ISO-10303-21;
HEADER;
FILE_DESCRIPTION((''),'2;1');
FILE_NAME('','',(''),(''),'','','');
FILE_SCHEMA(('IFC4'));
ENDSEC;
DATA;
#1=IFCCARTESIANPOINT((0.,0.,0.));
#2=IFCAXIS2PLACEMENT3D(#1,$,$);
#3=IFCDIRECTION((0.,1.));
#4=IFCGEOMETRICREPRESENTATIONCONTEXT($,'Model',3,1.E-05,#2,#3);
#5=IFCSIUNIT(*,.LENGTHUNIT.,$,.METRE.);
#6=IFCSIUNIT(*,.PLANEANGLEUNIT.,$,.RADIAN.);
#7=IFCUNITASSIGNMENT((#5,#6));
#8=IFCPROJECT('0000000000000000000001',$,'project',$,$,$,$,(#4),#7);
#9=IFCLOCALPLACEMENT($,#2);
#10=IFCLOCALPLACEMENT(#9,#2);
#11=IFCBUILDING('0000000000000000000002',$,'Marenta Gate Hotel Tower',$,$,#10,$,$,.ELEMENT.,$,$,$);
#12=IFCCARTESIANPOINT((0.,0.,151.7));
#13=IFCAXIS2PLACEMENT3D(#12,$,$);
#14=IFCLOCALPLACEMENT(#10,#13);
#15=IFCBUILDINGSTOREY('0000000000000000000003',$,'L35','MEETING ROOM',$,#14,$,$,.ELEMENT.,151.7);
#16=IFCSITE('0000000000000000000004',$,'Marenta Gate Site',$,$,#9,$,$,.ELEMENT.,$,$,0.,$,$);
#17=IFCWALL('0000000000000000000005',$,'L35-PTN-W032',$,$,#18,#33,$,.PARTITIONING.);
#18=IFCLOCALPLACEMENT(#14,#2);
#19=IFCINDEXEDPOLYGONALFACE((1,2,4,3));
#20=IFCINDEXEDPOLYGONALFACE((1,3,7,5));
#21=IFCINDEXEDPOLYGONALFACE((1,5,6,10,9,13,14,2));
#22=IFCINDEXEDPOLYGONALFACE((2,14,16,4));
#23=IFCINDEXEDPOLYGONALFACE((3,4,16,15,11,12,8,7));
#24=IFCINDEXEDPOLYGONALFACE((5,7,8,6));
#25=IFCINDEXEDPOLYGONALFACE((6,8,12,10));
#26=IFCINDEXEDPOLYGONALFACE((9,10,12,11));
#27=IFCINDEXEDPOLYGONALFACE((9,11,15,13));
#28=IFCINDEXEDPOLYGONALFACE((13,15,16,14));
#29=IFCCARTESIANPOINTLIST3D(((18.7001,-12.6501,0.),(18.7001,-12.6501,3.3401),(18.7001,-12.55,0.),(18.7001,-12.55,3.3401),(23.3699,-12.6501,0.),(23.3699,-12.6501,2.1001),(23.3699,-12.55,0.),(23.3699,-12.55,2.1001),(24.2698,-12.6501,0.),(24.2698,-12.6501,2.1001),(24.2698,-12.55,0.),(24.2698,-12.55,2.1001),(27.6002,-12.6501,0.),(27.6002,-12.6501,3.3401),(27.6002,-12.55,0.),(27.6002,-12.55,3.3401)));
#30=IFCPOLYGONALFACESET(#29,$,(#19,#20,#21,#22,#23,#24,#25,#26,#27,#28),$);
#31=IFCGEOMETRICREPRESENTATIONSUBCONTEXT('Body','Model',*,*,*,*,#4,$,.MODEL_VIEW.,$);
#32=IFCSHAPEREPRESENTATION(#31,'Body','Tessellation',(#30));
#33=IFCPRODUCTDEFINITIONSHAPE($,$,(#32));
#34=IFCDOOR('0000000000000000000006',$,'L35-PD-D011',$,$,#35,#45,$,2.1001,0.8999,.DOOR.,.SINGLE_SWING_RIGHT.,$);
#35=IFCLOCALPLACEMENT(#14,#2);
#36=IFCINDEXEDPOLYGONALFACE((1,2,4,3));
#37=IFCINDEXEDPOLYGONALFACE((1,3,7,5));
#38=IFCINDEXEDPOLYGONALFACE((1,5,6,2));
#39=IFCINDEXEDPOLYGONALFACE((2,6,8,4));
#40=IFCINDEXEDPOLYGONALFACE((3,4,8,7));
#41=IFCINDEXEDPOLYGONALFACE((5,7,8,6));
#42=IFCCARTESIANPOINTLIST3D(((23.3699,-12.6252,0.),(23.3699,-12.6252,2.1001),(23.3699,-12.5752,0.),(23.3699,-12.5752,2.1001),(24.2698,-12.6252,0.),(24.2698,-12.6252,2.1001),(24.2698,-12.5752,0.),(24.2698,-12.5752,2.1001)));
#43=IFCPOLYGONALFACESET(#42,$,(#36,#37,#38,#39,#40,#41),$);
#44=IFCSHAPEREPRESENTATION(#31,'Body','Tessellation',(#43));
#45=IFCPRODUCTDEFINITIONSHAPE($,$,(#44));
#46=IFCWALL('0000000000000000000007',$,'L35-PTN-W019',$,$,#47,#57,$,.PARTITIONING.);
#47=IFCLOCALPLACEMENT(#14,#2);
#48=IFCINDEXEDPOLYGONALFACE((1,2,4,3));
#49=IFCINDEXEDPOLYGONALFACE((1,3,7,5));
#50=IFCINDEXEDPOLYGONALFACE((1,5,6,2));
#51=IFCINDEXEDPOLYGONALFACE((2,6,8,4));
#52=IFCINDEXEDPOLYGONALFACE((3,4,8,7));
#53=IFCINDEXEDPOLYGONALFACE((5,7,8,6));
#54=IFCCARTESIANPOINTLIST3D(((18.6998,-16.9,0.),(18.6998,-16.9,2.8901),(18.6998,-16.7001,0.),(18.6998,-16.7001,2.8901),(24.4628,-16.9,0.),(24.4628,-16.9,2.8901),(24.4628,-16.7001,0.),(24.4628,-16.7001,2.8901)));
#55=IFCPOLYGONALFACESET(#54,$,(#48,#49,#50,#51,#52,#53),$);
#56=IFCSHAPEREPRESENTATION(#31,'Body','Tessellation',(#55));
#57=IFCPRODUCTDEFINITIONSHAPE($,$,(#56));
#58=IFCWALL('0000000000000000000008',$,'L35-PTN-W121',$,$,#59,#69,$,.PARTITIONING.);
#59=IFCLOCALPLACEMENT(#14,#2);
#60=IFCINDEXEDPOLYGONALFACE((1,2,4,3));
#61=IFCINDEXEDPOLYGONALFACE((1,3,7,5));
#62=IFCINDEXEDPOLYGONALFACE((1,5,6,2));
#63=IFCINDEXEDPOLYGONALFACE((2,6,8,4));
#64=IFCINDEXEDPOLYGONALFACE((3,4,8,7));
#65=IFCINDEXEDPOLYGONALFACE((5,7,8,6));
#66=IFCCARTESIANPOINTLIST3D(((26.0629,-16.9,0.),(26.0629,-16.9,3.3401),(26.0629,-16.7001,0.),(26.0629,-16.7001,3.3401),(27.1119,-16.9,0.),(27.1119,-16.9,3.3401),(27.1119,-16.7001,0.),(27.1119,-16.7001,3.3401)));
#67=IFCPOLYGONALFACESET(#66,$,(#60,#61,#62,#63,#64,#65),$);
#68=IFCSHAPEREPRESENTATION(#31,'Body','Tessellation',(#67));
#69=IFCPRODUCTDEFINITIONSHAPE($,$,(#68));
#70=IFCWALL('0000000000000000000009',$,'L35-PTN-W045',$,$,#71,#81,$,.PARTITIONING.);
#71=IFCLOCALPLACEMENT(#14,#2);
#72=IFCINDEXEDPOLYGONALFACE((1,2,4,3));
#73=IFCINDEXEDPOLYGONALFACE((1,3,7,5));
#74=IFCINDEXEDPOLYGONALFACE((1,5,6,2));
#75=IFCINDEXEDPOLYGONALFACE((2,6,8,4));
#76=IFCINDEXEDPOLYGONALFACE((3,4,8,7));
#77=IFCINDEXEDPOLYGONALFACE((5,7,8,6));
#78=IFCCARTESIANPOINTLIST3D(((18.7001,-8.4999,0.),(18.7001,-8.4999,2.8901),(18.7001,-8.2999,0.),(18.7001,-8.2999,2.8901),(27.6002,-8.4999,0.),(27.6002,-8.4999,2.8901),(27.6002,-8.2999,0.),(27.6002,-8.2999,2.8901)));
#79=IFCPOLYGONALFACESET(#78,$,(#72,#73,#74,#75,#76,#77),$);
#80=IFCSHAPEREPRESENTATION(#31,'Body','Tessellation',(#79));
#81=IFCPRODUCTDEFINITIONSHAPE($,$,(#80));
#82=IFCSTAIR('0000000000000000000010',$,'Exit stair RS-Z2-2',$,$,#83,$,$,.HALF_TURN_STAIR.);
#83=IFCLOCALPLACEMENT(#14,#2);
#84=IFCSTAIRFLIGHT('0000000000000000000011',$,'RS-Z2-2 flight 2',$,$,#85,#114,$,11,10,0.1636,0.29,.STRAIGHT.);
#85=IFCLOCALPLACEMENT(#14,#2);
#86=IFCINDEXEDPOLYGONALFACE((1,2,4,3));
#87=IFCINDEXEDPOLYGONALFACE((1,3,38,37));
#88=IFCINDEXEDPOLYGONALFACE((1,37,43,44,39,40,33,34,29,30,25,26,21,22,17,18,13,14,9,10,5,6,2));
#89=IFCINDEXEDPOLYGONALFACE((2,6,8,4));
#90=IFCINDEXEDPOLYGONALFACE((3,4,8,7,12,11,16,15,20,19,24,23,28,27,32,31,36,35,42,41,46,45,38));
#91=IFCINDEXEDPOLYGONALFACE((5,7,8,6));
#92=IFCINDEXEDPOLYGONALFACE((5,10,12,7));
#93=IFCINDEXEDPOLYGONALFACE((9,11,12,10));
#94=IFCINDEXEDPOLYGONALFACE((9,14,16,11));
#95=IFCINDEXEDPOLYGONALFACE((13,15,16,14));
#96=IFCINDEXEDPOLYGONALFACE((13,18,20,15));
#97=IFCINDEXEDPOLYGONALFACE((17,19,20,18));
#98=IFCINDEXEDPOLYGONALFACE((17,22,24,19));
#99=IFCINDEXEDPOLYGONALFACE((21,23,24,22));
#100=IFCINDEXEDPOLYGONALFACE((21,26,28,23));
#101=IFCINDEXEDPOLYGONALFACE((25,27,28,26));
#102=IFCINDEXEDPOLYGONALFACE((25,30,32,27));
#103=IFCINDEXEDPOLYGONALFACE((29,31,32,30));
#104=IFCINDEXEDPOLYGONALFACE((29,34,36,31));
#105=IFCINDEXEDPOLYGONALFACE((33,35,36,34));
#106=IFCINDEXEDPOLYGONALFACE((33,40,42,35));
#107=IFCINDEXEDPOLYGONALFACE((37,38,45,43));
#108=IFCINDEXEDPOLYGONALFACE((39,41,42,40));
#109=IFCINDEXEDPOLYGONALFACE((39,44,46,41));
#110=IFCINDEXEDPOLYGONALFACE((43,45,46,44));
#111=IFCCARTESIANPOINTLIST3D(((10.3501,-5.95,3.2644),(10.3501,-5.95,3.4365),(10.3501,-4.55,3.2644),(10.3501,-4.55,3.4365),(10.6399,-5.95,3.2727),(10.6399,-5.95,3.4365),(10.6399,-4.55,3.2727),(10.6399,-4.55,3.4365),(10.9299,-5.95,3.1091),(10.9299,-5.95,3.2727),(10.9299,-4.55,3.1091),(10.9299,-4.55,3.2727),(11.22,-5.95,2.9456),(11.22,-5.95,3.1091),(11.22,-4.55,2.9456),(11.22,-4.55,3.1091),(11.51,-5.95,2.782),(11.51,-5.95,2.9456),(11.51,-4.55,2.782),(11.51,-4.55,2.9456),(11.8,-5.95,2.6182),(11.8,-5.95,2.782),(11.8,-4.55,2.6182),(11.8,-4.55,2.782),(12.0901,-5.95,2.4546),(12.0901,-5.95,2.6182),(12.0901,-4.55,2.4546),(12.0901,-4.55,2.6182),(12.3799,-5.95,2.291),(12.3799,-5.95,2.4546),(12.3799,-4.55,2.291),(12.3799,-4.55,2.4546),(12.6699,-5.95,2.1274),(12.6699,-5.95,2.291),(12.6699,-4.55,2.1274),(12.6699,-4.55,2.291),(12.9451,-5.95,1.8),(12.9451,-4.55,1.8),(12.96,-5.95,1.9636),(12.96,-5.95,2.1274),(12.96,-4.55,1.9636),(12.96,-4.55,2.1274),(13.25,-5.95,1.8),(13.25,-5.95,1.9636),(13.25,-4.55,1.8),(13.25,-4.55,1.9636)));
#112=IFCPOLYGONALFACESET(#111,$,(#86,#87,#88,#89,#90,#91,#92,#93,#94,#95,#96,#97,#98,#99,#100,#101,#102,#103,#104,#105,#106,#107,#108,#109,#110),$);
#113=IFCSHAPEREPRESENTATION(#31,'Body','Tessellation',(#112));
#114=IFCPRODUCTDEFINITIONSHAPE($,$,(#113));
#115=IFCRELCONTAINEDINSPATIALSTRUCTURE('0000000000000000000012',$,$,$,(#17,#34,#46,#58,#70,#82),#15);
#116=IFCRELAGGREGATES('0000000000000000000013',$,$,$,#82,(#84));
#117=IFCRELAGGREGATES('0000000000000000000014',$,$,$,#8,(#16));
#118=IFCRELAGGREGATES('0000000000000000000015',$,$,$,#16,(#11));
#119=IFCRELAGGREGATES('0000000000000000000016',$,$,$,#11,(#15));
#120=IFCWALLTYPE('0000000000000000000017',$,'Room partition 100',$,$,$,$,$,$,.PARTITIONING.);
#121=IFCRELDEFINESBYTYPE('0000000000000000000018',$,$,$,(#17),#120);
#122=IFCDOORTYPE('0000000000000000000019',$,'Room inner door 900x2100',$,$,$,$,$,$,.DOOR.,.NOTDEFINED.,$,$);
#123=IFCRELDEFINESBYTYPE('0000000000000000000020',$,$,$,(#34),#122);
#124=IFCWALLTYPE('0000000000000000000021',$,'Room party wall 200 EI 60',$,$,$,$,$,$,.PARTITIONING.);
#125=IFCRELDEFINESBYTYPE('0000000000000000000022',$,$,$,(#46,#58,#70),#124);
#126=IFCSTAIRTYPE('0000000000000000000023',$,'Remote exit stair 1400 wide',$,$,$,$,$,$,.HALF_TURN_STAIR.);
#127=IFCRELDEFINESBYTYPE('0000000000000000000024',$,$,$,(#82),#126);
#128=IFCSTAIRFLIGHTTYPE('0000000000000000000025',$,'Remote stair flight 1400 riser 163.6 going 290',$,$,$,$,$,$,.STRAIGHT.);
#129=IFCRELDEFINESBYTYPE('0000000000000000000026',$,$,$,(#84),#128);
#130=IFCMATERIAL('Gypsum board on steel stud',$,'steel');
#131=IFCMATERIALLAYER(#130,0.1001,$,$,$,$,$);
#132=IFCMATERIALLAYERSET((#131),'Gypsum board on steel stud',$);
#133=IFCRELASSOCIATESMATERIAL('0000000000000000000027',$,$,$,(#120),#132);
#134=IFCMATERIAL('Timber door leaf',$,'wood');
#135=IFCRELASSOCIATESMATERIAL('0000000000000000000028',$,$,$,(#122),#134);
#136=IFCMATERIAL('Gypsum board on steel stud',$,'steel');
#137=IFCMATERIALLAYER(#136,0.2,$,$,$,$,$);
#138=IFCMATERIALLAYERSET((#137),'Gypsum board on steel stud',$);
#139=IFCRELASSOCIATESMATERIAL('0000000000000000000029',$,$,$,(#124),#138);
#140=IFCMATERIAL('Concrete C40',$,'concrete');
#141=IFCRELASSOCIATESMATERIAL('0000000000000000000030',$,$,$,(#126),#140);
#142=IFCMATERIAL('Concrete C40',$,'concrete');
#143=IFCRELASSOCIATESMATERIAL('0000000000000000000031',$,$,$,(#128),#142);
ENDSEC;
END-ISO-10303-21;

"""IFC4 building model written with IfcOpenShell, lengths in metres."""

from ifc_helpers import new_model, si_unit, direction, frame, frame_2d, origin, place, context, subcontext, project, spatial, polyline, rectangle, outline, extrude, material, layer, layer_set, type_object, element, fill, aggregate, save


model = new_model("IFC4")

# Units and contexts
model_context = context("Model", 3, precision=1e-05, world=origin(), true_north=direction((0.0, 1.0)))
body_context = subcontext(model_context, "Body", "Model", "MODEL_VIEW")
ifc_project = project(units=[si_unit("LENGTHUNIT", "METRE"), si_unit("PLANEANGLEUNIT", "RADIAN")], contexts=[model_context])

# Site, building, storey
site_placement = place(None, origin())
site = spatial("IfcSite", under=ifc_project, at=site_placement, Name="Marenta Gate Site", CompositionType="ELEMENT", RefElevation=0.0)
building_placement = place(site_placement, origin())
building = spatial("IfcBuilding", under=site, at=building_placement, Name="Marenta Gate Hotel Tower", CompositionType="ELEMENT")
storey_placement = place(building_placement, frame((0.0, 0.0, 151.7)))
storey = spatial("IfcBuildingStorey", under=building, at=storey_placement, Name="L35", Description="MEETING ROOM", CompositionType="ELEMENT", Elevation=151.7)

# Shared definitions
ifc_material_1 = material(Name="Gypsum board on steel stud", Category="steel")
ifc_layer_1 = layer(ifc_material_1, 0.1001)
ifc_layer_set_1 = layer_set([ifc_layer_1], Name="Gypsum board on steel stud")
wall_type_1 = type_object("IfcWallType", Name="Room partition 100", PredefinedType="PARTITIONING", material=ifc_layer_set_1)

# Wall, opening, door
wall_1_placement = place(storey_placement, frame((18.7, -12.6001, 0.0), z_axis=(0.0, 0.0, 1.0), x_axis=(1.0, 0.0, 0.0)))
wall_1 = element("IfcWall", 1, at=wall_1_placement, inside=storey, type_object=wall_type_1, Name="L35-PTN-W032", PredefinedType="PARTITIONING", context=body_context, shape_type="SweptSolid", body=[
    extrude(rectangle(XDim=8.9001, YDim=0.1001, at=frame_2d((4.4502, 0.0))), origin(), (0.0, 0.0, 1.0), 3.3401),
])
opening_1_placement = place(wall_1_placement, frame((4.6699, 0.0, 0.0)))
opening_1 = element("IfcOpeningElement", 2, at=opening_1_placement, cuts=wall_1, PredefinedType="OPENING", context=body_context, shape_type="SweptSolid", body=[
    extrude(rectangle(XDim=0.8999, YDim=2.1001, at=frame_2d((0.45, 1.05))), frame((0.0, 0.05, 0.0), z_axis=(0.0, -1.0, 0.0), x_axis=(1.0, 0.0, 0.0)), (0.0, 0.0, 1.0), 0.1001),
])
ifc_material_2 = material(Name="Timber door leaf", Category="wood")
door_type_1 = type_object("IfcDoorType", Name="Room inner door 900x2100", OperationType="NOTDEFINED", PredefinedType="DOOR", material=ifc_material_2)
door_1_placement = place(opening_1_placement, origin())
door_1 = element("IfcDoor", 3, at=door_1_placement, inside=storey, type_object=door_type_1, Name="L35-PD-D011", OperationType="SINGLE_SWING_RIGHT", OverallHeight=2.1001, OverallWidth=0.8999, PredefinedType="DOOR", context=body_context, shape_type="SweptSolid", body=[
    extrude(rectangle(XDim=0.8999, YDim=2.1001, at=frame_2d((0.45, 1.05))), frame((0.0, 0.0249, 0.0), z_axis=(0.0, -1.0, 0.0), x_axis=(1.0, 0.0, 0.0)), (0.0, 0.0, 1.0), 0.05),
])
fill(opening_1, door_1)

# Walls
ifc_material_3 = material(Name="Gypsum board on steel stud", Category="steel")
ifc_layer_2 = layer(ifc_material_3, 0.2)
ifc_layer_set_2 = layer_set([ifc_layer_2], Name="Gypsum board on steel stud")
wall_type_2 = type_object("IfcWallType", Name="Room party wall 200 EI 60", PredefinedType="PARTITIONING", material=ifc_layer_set_2)
wall_2_placement = place(storey_placement, frame((18.7, -16.8, 0.0), z_axis=(0.0, 0.0, 1.0), x_axis=(1.0, 0.0, 0.0)))
element("IfcWall", 4, at=wall_2_placement, inside=storey, type_object=wall_type_2, Name="L35-PTN-W019", PredefinedType="PARTITIONING", context=body_context, shape_type="SweptSolid", body=[
    extrude(rectangle(XDim=5.7629, YDim=0.2, at=frame_2d((2.8813, 0.0))), origin(), (0.0, 0.0, 1.0), 2.8901),
])
wall_3_placement = place(storey_placement, frame((26.063, -16.8, 0.0), z_axis=(0.0, 0.0, 1.0), x_axis=(1.0, 0.0, 0.0)))
element("IfcWall", 5, at=wall_3_placement, inside=storey, type_object=wall_type_2, Name="L35-PTN-W121", PredefinedType="PARTITIONING", context=body_context, shape_type="SweptSolid", body=[
    extrude(rectangle(XDim=1.0491, YDim=0.2, at=frame_2d((0.5244, 0.0))), origin(), (0.0, 0.0, 1.0), 3.3401),
])
wall_4_placement = place(storey_placement, frame((18.7, -8.3999, 0.0), z_axis=(0.0, 0.0, 1.0), x_axis=(1.0, 0.0, 0.0)))
element("IfcWall", 6, at=wall_4_placement, inside=storey, type_object=wall_type_2, Name="L35-PTN-W045", PredefinedType="PARTITIONING", context=body_context, shape_type="SweptSolid", body=[
    extrude(rectangle(XDim=8.9001, YDim=0.2, at=frame_2d((4.4502, 0.0))), origin(), (0.0, 0.0, 1.0), 2.8901),
])

# Stair, stair flight
ifc_material_4 = material(Name="Concrete C40", Category="concrete")
stair_type = type_object("IfcStairType", Name="Remote exit stair 1400 wide", PredefinedType="HALF_TURN_STAIR", material=ifc_material_4)
stair_placement = place(storey_placement, origin())
stair = element("IfcStair", 7, at=stair_placement, inside=storey, type_object=stair_type, Name="Exit stair RS-Z2-2", PredefinedType="HALF_TURN_STAIR")
ifc_material_5 = material(Name="Concrete C40", Category="concrete")
stair_flight_type = type_object("IfcStairFlightType", Name="Remote stair flight 1400 riser 163.6 going 290", PredefinedType="STRAIGHT", material=ifc_material_5)
stair_flight_placement = place(storey_placement, frame((13.25, -5.25, 1.8), z_axis=(0.0, 0.0, 1.0), x_axis=(-1.0, 0.0, 0.0)))
stair_flight = element("IfcStairFlight", 8, at=stair_flight_placement, type_object=stair_flight_type, Name="RS-Z2-2 flight 2", NumberOfRisers=11, NumberOfTreads=10, PredefinedType="STRAIGHT", RiserHeight=0.1636, TreadLength=0.29, context=body_context, shape_type="SweptSolid", body=[
    extrude(outline(polyline([(0.0, 0.0), (0.0, 0.1636), (0.29, 0.1636), (0.29, 0.3274), (0.5801, 0.3274), (0.5801, 0.491), (0.8701, 0.491), (0.8701, 0.6545), (1.1599, 0.6545), (1.1599, 0.8181), (1.45, 0.8181), (1.45, 0.9819), (1.74, 0.9819), (1.74, 1.1455), (2.03, 1.1455), (2.03, 1.3091), (2.3201, 1.3091), (2.3201, 1.4727), (2.6101, 1.4727), (2.6101, 1.6365), (2.8999, 1.6365), (2.8999, 1.8), (2.8999, 1.4644), (0.3049, 0.0), (0.0, 0.0)])), frame((0.0, 0.7, 0.0), z_axis=(0.0, -1.0, 0.0), x_axis=(1.0, 0.0, 0.0)), (0.0, 0.0, 1.0), 1.3999),
])
aggregate(stair, [stair_flight])

save(model, "model.ifc")
